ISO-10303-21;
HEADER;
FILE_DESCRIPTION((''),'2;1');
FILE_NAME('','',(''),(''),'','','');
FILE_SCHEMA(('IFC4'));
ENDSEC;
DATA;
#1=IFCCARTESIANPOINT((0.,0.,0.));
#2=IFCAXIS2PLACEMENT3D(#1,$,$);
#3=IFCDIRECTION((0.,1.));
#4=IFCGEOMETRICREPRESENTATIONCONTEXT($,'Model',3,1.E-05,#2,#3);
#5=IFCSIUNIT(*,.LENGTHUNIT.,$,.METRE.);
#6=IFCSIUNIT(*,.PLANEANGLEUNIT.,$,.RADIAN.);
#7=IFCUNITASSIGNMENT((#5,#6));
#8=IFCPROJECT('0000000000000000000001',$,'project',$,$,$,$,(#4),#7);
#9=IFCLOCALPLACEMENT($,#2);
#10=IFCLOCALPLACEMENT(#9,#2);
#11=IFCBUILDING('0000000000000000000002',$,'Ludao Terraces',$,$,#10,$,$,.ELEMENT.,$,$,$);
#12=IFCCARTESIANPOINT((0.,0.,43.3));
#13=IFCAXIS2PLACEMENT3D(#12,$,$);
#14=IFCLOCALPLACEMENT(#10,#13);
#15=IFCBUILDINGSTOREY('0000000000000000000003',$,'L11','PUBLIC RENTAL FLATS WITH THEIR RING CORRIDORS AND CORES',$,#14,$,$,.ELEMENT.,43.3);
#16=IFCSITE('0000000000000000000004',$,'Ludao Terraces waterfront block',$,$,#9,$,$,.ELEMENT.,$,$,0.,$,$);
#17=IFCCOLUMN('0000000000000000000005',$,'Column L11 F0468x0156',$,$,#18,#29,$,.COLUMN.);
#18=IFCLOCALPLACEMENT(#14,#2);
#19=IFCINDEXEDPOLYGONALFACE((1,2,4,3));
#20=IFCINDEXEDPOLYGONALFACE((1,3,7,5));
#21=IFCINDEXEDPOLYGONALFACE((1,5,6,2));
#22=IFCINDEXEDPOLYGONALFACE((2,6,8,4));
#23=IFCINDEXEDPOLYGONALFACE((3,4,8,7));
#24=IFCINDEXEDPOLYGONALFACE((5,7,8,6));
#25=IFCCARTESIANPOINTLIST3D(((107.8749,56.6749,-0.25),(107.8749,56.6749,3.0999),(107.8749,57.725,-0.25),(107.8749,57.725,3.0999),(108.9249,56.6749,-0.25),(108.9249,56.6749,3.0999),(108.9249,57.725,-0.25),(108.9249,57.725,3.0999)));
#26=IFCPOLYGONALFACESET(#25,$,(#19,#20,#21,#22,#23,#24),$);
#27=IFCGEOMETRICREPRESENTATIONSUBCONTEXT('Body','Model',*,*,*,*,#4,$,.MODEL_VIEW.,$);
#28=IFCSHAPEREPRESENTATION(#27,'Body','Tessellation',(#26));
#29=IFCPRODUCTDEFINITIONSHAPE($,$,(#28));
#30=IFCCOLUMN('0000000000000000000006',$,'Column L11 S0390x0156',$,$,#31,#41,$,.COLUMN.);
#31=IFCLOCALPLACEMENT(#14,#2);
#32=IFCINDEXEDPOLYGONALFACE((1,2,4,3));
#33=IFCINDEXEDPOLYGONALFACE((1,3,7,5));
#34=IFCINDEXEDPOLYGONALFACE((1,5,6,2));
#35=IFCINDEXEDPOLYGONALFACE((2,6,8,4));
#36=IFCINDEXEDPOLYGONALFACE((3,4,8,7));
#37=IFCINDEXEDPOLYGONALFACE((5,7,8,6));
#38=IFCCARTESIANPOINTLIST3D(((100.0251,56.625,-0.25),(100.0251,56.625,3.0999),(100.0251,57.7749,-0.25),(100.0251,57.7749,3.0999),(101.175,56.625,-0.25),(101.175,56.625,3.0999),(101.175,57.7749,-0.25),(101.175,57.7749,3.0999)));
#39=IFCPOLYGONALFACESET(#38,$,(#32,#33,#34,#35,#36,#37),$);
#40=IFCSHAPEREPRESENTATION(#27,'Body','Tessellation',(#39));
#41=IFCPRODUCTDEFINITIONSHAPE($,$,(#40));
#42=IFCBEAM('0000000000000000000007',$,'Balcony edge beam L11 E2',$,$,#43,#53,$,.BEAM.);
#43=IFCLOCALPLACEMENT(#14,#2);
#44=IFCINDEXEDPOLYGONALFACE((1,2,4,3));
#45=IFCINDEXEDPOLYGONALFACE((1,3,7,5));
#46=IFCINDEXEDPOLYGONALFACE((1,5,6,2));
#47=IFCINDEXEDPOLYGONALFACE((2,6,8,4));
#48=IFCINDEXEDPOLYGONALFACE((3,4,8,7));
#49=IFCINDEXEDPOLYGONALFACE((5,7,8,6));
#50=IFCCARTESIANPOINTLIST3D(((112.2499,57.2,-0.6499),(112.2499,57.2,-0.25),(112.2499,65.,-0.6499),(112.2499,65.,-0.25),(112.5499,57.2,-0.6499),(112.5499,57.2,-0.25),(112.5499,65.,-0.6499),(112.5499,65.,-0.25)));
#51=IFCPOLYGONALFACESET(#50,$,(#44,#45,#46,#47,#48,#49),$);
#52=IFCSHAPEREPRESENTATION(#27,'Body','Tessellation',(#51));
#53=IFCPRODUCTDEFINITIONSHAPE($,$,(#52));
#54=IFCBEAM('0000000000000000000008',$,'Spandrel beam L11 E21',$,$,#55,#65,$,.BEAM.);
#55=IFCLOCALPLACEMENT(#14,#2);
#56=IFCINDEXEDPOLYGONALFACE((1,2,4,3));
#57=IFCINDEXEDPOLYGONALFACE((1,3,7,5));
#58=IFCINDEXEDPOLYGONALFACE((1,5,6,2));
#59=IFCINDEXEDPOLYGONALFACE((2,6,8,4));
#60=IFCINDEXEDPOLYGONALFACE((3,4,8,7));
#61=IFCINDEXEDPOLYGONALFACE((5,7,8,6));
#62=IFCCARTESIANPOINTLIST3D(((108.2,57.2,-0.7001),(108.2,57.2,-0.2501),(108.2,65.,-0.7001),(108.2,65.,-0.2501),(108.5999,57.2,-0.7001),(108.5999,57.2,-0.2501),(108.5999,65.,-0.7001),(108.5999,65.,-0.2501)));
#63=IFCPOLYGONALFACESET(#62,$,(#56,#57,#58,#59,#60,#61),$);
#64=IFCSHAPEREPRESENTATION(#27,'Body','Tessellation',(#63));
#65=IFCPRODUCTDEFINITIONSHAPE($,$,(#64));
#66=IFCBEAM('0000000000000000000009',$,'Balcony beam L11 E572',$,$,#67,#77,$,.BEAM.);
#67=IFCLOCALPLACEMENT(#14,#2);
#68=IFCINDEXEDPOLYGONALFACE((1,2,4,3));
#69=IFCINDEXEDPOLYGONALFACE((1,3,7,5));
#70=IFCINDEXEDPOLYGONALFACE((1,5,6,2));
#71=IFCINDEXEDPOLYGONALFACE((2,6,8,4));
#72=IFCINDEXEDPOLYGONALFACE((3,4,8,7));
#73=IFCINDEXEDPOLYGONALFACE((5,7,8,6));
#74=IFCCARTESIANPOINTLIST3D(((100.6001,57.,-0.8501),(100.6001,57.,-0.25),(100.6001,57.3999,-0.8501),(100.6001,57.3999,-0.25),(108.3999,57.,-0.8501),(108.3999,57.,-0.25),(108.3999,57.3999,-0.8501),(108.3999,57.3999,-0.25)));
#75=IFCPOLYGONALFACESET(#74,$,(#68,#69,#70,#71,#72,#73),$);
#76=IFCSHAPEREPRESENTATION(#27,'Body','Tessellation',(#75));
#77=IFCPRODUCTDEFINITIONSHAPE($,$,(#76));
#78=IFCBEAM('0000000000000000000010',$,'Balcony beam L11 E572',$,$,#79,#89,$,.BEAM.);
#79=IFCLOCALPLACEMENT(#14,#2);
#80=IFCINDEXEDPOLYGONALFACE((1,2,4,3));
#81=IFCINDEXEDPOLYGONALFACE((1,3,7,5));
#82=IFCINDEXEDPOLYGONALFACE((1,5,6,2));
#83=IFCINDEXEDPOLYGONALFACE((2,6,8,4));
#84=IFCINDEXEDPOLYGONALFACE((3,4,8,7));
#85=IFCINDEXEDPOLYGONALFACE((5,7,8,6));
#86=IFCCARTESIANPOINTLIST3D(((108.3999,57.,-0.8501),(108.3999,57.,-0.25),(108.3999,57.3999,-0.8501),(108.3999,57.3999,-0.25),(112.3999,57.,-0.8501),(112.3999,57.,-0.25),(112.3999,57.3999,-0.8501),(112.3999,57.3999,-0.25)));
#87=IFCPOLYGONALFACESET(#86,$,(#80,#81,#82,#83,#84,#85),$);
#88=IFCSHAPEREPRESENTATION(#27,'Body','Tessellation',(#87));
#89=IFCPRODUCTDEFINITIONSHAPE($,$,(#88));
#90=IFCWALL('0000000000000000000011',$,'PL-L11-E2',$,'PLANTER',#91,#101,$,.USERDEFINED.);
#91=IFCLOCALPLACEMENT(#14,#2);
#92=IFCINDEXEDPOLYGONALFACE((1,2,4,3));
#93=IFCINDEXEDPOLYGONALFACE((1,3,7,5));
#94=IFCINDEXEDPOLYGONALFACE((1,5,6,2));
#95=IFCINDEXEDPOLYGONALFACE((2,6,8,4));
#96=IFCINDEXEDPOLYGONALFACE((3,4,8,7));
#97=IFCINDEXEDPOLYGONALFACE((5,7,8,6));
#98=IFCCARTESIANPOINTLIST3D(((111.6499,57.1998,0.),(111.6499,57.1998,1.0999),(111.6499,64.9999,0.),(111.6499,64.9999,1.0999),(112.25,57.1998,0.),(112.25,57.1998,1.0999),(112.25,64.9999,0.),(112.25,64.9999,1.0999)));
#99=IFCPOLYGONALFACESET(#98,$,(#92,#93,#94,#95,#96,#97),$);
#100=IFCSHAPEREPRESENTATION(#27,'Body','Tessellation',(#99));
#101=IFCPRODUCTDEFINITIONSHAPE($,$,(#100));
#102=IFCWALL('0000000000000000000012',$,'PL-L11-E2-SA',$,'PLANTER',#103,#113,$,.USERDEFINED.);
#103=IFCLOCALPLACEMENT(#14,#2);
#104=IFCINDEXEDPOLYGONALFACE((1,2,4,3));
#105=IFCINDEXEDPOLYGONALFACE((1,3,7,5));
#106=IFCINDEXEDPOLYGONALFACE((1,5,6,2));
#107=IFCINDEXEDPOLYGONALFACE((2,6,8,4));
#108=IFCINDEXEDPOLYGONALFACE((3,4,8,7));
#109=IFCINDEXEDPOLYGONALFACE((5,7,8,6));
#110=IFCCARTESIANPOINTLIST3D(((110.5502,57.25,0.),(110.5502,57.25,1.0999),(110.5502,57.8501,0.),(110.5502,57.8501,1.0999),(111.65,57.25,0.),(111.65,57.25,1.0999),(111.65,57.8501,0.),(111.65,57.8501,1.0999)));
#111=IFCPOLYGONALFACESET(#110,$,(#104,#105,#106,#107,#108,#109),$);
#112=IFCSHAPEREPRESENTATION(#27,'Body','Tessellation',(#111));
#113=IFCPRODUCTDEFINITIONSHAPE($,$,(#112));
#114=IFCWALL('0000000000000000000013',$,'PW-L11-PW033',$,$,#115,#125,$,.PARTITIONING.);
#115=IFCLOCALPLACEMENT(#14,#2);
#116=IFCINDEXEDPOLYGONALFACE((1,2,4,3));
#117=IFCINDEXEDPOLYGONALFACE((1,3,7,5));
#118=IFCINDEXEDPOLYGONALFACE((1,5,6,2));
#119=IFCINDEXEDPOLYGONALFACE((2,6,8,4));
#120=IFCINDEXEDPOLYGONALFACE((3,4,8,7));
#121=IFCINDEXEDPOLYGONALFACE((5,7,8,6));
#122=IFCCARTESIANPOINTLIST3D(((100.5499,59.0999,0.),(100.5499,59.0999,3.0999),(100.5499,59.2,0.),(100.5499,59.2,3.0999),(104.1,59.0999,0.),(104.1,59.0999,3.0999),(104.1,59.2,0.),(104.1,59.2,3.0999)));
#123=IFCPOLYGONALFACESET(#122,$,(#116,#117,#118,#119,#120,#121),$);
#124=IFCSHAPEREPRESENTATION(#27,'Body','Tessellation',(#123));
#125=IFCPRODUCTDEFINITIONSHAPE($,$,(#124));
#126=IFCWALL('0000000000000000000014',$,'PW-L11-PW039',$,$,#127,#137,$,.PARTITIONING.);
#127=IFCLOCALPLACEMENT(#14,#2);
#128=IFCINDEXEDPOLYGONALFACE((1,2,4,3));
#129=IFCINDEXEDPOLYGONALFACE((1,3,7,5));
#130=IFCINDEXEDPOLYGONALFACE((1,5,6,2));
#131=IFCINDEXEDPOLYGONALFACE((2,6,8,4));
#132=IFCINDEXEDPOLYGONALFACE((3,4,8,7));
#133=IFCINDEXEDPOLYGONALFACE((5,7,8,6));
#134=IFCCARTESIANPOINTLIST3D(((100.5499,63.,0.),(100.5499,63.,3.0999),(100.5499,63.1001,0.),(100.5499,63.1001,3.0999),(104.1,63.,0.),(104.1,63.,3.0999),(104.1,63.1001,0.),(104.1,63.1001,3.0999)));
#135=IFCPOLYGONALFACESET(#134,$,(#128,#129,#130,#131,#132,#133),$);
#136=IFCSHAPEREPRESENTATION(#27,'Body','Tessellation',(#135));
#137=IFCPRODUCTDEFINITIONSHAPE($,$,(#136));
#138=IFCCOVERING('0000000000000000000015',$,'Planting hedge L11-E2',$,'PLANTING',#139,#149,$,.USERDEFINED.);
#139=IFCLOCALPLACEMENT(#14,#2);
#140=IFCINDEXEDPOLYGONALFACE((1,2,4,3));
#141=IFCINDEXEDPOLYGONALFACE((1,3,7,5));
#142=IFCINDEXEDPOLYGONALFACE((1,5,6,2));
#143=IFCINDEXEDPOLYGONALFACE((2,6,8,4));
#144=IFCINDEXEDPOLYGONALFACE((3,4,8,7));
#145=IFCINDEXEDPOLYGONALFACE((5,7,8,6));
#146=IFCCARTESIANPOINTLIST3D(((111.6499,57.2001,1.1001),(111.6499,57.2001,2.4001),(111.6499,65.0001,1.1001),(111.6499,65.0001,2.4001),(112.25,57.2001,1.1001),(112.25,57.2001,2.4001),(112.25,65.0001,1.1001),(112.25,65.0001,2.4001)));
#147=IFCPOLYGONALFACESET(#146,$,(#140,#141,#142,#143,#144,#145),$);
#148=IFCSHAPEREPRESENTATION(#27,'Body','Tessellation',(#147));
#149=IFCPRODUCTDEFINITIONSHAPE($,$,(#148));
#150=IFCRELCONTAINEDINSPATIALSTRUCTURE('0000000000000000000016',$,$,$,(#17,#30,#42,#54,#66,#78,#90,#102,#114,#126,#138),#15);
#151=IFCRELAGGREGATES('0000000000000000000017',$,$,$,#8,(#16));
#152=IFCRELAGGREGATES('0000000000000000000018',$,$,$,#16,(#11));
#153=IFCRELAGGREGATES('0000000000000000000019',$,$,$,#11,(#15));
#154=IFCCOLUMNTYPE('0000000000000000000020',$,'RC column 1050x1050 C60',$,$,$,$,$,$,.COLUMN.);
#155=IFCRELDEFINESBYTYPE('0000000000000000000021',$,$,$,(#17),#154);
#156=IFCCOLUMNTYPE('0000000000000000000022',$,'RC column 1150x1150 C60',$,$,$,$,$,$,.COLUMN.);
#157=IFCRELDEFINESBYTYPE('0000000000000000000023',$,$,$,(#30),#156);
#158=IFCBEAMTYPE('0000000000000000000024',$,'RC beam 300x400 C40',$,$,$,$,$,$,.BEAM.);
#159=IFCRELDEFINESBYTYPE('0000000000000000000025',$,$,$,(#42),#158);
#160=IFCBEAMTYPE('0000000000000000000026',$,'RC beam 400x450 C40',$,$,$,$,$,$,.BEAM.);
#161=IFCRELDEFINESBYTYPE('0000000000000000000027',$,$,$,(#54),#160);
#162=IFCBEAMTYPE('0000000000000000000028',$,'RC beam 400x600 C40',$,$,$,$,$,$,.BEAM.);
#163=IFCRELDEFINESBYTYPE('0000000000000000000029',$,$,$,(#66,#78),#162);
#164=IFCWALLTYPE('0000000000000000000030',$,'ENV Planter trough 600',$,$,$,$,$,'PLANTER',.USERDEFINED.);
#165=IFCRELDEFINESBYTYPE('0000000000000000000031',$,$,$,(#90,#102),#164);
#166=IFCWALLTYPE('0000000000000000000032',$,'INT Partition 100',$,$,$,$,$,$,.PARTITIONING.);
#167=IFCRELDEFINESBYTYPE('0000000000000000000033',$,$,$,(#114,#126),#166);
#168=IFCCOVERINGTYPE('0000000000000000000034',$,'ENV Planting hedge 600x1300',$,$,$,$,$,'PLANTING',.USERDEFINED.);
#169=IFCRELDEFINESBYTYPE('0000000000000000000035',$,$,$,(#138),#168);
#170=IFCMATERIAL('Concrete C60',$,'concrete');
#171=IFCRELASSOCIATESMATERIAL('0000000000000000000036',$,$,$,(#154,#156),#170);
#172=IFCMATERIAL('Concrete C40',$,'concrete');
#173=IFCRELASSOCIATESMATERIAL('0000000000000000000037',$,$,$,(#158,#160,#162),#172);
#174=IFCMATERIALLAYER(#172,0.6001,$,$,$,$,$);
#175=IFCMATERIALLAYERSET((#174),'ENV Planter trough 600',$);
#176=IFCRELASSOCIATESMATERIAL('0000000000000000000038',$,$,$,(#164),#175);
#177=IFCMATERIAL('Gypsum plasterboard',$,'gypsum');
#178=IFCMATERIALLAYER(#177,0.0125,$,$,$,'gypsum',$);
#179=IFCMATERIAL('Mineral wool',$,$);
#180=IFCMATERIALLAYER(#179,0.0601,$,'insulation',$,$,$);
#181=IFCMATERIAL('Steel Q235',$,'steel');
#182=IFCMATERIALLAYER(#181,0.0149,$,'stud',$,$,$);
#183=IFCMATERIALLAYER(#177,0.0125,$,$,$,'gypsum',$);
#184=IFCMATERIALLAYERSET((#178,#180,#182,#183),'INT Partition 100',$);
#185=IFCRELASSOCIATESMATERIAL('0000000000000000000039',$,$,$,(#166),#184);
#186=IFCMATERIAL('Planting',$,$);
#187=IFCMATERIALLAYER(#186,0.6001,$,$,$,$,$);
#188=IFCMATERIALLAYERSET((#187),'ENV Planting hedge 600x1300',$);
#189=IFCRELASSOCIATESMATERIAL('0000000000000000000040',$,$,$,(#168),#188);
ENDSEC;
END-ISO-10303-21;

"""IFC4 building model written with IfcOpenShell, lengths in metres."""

from ifc_helpers import new_model, si_unit, direction, frame, frame_2d, origin, origin_2d, place, context, subcontext, project, spatial, rectangle, extrude, material, layer, layer_set, material_profile, profile_set, type_object, element, save


model = new_model("IFC4")

# Units and contexts
model_context = context("Model", 3, precision=1e-05, world=origin(), true_north=direction((0.0, 1.0)))
body_context = subcontext(model_context, "Body", "Model", "MODEL_VIEW")
ifc_project = project(units=[si_unit("LENGTHUNIT", "METRE"), si_unit("PLANEANGLEUNIT", "RADIAN")], contexts=[model_context])

# Site, building, storey
site_placement = place(None, origin())
site = spatial("IfcSite", under=ifc_project, at=site_placement, Name="Ludao Terraces waterfront block", CompositionType="ELEMENT", RefElevation=0.0)
building_placement = place(site_placement, origin())
building = spatial("IfcBuilding", under=site, at=building_placement, Name="Ludao Terraces", CompositionType="ELEMENT")
storey_placement = place(building_placement, frame((0.0, 0.0, 43.3)))
storey = spatial("IfcBuildingStorey", under=building, at=storey_placement, Name="L11", Description="PUBLIC RENTAL FLATS WITH THEIR RING CORRIDORS AND CORES", CompositionType="ELEMENT", Elevation=43.3)

# Columns
ifc_material_1 = material(Name="Concrete C60", Category="concrete")
ifc_material_profile_1 = material_profile(ifc_material_1, rectangle(XDim=1.05, YDim=1.05, at=origin_2d()), Name="1050 X 1050")
ifc_profile_set_1 = profile_set([ifc_material_profile_1], Name="Concrete C60")
column_type_1 = type_object("IfcColumnType", Name="RC column 1050x1050 C60", PredefinedType="COLUMN", material=ifc_profile_set_1)
column_1_placement = place(storey_placement, frame((108.3999, 57.2, -0.25), z_axis=(0.0, 0.0, 1.0), x_axis=(1.0, 0.0, 0.0)))
element("IfcColumn", 1, at=column_1_placement, inside=storey, type_object=column_type_1, Name="Column L11 F0468x0156", PredefinedType="COLUMN", context=body_context, shape_type="SweptSolid", body=[
    extrude(rectangle(XDim=1.05, YDim=1.05, at=origin_2d()), origin(), (0.0, 0.0, 1.0), 3.3499),
])
ifc_material_profile_2 = material_profile(ifc_material_1, rectangle(XDim=1.1499, YDim=1.1499, at=origin_2d()), Name="1150 X 1150")
ifc_profile_set_2 = profile_set([ifc_material_profile_2], Name="Concrete C60")
column_type_2 = type_object("IfcColumnType", Name="RC column 1150x1150 C60", PredefinedType="COLUMN", material=ifc_profile_set_2)
column_2_placement = place(storey_placement, frame((100.6001, 57.2, -0.25), z_axis=(0.0, 0.0, 1.0), x_axis=(1.0, 0.0, 0.0)))
element("IfcColumn", 2, at=column_2_placement, inside=storey, type_object=column_type_2, Name="Column L11 S0390x0156", PredefinedType="COLUMN", context=body_context, shape_type="SweptSolid", body=[
    extrude(rectangle(XDim=1.1499, YDim=1.1499, at=origin_2d()), origin(), (0.0, 0.0, 1.0), 3.3499),
])

# Beams
ifc_material_2 = material(Name="Concrete C40", Category="concrete")
ifc_material_profile_3 = material_profile(ifc_material_2, rectangle(XDim=0.3, YDim=0.3999, at=origin_2d()), Name="300 X 400")
ifc_profile_set_3 = profile_set([ifc_material_profile_3], Name="Concrete C40")
beam_type_1 = type_object("IfcBeamType", Name="RC beam 300x400 C40", PredefinedType="BEAM", material=ifc_profile_set_3)
beam_1_placement = place(storey_placement, frame((112.3999, 57.2, -0.45), z_axis=(0.0, 1.0, 0.0), x_axis=(-1.0, 0.0, 0.0)))
element("IfcBeam", 3, at=beam_1_placement, inside=storey, type_object=beam_type_1, Name="Balcony edge beam L11 E2", PredefinedType="BEAM", context=body_context, shape_type="SweptSolid", body=[
    extrude(rectangle(XDim=0.3, YDim=0.3999, at=origin_2d()), origin(), (0.0, 0.0, 1.0), 7.8),
])
ifc_material_profile_4 = material_profile(ifc_material_2, rectangle(XDim=0.3999, YDim=0.45, at=origin_2d()), Name="400 X 450")
ifc_profile_set_4 = profile_set([ifc_material_profile_4], Name="Concrete C40")
beam_type_2 = type_object("IfcBeamType", Name="RC beam 400x450 C40", PredefinedType="BEAM", material=ifc_profile_set_4)
beam_2_placement = place(storey_placement, frame((108.3999, 57.2, -0.4751), z_axis=(0.0, 1.0, 0.0), x_axis=(-1.0, 0.0, 0.0)))
element("IfcBeam", 4, at=beam_2_placement, inside=storey, type_object=beam_type_2, Name="Spandrel beam L11 E21", PredefinedType="BEAM", context=body_context, shape_type="SweptSolid", body=[
    extrude(rectangle(XDim=0.3999, YDim=0.45, at=origin_2d()), origin(), (0.0, 0.0, 1.0), 7.8),
])
ifc_material_profile_5 = material_profile(ifc_material_2, rectangle(XDim=0.3999, YDim=0.6001, at=origin_2d()), Name="400 X 600")
ifc_profile_set_5 = profile_set([ifc_material_profile_5], Name="Concrete C40")
beam_type_3 = type_object("IfcBeamType", Name="RC beam 400x600 C40", PredefinedType="BEAM", material=ifc_profile_set_5)
beam_3_placement = place(storey_placement, frame((100.6001, 57.2, -0.55), z_axis=(1.0, 0.0, 0.0), x_axis=(0.0, 1.0, 0.0)))
element("IfcBeam", 5, at=beam_3_placement, inside=storey, type_object=beam_type_3, Name="Balcony beam L11 E572", PredefinedType="BEAM", context=body_context, shape_type="SweptSolid", body=[
    extrude(rectangle(XDim=0.3999, YDim=0.6001, at=origin_2d()), origin(), (0.0, 0.0, 1.0), 7.7998),
])
beam_4_placement = place(storey_placement, frame((108.3999, 57.2, -0.55), z_axis=(1.0, 0.0, 0.0), x_axis=(0.0, 1.0, 0.0)))
element("IfcBeam", 6, at=beam_4_placement, inside=storey, type_object=beam_type_3, Name="Balcony beam L11 E572", PredefinedType="BEAM", context=body_context, shape_type="SweptSolid", body=[
    extrude(rectangle(XDim=0.3999, YDim=0.6001, at=origin_2d()), origin(), (0.0, 0.0, 1.0), 4.0),
])

# Walls
ifc_layer_1 = layer(ifc_material_2, 0.6001)
ifc_layer_set_1 = layer_set([ifc_layer_1], Name="ENV Planter trough 600")
wall_type_1 = type_object("IfcWallType", Name="ENV Planter trough 600", ElementType="PLANTER", PredefinedType="USERDEFINED", material=ifc_layer_set_1)
wall_1_placement = place(storey_placement, frame((111.95, 57.2, 0.0), z_axis=(0.0, 0.0, 1.0), x_axis=(0.0, 1.0, 0.0)))
element("IfcWall", 7, at=wall_1_placement, inside=storey, type_object=wall_type_1, Name="PL-L11-E2", ObjectType="PLANTER", PredefinedType="USERDEFINED", context=body_context, shape_type="SweptSolid", body=[
    extrude(rectangle(XDim=7.8, YDim=0.6001, at=frame_2d((3.8999, 0.0))), origin(), (0.0, 0.0, 1.0), 1.0999),
])
wall_2_placement = place(storey_placement, frame((111.6499, 57.55, 0.0), z_axis=(0.0, 0.0, 1.0), x_axis=(-1.0, 0.0, 0.0)))
element("IfcWall", 8, at=wall_2_placement, inside=storey, type_object=wall_type_1, Name="PL-L11-E2-SA", ObjectType="PLANTER", PredefinedType="USERDEFINED", context=body_context, shape_type="SweptSolid", body=[
    extrude(rectangle(XDim=1.0999, YDim=0.6001, at=frame_2d((0.5498, 0.0))), origin(), (0.0, 0.0, 1.0), 1.0999),
])

# Shared definitions
ifc_material_3 = material(Name="Mineral wool")

# Walls
ifc_material_4 = material(Name="Gypsum plasterboard", Category="gypsum")
ifc_layer_2 = layer(ifc_material_4, 0.0125, Category="gypsum")
ifc_layer_3 = layer(ifc_material_3, 0.0601, Name="insulation")
ifc_material_5 = material(Name="Steel Q235", Category="steel")
ifc_layer_4 = layer(ifc_material_5, 0.0149, Name="stud")
ifc_layer_5 = layer(ifc_material_4, 0.0125, Category="gypsum")
ifc_layer_set_2 = layer_set([ifc_layer_2, ifc_layer_3, ifc_layer_4, ifc_layer_5], Name="INT Partition 100")
wall_type_2 = type_object("IfcWallType", Name="INT Partition 100", PredefinedType="PARTITIONING", material=ifc_layer_set_2)
for number, where, z_axis, x_axis, name in (
    (9, (100.55, 59.1499, 0.0), (0.0, 0.0, 1.0), (1.0, 0.0, 0.0), "PW-L11-PW033"),
    (10, (100.55, 63.05, 0.0), (0.0, 0.0, 1.0), (1.0, 0.0, 0.0), "PW-L11-PW039"),
):
    element("IfcWall", number, at=place(storey_placement, frame(where, z_axis=z_axis, x_axis=x_axis)), inside=storey, type_object=wall_type_2, Name=name, PredefinedType="PARTITIONING", context=body_context, shape_type="SweptSolid", body=[
        extrude(rectangle(XDim=3.55, YDim=0.1001, at=frame_2d((1.7749, 0.0))), origin(), (0.0, 0.0, 1.0), 3.0999),
    ])

# Covering
ifc_material_6 = material(Name="Planting")
ifc_layer_6 = layer(ifc_material_6, 0.6001)
ifc_layer_set_3 = layer_set([ifc_layer_6], Name="ENV Planting hedge 600x1300")
covering_type = type_object("IfcCoveringType", Name="ENV Planting hedge 600x1300", ElementType="PLANTING", PredefinedType="USERDEFINED", material=ifc_layer_set_3)
covering_placement = place(storey_placement, frame((111.95, 61.1001, 1.1001), z_axis=(0.0, 0.0, 1.0), x_axis=(1.0, 0.0, 0.0)))
element("IfcCovering", 11, at=covering_placement, inside=storey, type_object=covering_type, Name="Planting hedge L11-E2", ObjectType="PLANTING", PredefinedType="USERDEFINED", context=body_context, shape_type="SweptSolid", body=[
    extrude(rectangle(XDim=0.6001, YDim=7.8, at=origin_2d()), origin(), (0.0, 0.0, 1.0), 1.3),
])

save(model, "model.ifc")
